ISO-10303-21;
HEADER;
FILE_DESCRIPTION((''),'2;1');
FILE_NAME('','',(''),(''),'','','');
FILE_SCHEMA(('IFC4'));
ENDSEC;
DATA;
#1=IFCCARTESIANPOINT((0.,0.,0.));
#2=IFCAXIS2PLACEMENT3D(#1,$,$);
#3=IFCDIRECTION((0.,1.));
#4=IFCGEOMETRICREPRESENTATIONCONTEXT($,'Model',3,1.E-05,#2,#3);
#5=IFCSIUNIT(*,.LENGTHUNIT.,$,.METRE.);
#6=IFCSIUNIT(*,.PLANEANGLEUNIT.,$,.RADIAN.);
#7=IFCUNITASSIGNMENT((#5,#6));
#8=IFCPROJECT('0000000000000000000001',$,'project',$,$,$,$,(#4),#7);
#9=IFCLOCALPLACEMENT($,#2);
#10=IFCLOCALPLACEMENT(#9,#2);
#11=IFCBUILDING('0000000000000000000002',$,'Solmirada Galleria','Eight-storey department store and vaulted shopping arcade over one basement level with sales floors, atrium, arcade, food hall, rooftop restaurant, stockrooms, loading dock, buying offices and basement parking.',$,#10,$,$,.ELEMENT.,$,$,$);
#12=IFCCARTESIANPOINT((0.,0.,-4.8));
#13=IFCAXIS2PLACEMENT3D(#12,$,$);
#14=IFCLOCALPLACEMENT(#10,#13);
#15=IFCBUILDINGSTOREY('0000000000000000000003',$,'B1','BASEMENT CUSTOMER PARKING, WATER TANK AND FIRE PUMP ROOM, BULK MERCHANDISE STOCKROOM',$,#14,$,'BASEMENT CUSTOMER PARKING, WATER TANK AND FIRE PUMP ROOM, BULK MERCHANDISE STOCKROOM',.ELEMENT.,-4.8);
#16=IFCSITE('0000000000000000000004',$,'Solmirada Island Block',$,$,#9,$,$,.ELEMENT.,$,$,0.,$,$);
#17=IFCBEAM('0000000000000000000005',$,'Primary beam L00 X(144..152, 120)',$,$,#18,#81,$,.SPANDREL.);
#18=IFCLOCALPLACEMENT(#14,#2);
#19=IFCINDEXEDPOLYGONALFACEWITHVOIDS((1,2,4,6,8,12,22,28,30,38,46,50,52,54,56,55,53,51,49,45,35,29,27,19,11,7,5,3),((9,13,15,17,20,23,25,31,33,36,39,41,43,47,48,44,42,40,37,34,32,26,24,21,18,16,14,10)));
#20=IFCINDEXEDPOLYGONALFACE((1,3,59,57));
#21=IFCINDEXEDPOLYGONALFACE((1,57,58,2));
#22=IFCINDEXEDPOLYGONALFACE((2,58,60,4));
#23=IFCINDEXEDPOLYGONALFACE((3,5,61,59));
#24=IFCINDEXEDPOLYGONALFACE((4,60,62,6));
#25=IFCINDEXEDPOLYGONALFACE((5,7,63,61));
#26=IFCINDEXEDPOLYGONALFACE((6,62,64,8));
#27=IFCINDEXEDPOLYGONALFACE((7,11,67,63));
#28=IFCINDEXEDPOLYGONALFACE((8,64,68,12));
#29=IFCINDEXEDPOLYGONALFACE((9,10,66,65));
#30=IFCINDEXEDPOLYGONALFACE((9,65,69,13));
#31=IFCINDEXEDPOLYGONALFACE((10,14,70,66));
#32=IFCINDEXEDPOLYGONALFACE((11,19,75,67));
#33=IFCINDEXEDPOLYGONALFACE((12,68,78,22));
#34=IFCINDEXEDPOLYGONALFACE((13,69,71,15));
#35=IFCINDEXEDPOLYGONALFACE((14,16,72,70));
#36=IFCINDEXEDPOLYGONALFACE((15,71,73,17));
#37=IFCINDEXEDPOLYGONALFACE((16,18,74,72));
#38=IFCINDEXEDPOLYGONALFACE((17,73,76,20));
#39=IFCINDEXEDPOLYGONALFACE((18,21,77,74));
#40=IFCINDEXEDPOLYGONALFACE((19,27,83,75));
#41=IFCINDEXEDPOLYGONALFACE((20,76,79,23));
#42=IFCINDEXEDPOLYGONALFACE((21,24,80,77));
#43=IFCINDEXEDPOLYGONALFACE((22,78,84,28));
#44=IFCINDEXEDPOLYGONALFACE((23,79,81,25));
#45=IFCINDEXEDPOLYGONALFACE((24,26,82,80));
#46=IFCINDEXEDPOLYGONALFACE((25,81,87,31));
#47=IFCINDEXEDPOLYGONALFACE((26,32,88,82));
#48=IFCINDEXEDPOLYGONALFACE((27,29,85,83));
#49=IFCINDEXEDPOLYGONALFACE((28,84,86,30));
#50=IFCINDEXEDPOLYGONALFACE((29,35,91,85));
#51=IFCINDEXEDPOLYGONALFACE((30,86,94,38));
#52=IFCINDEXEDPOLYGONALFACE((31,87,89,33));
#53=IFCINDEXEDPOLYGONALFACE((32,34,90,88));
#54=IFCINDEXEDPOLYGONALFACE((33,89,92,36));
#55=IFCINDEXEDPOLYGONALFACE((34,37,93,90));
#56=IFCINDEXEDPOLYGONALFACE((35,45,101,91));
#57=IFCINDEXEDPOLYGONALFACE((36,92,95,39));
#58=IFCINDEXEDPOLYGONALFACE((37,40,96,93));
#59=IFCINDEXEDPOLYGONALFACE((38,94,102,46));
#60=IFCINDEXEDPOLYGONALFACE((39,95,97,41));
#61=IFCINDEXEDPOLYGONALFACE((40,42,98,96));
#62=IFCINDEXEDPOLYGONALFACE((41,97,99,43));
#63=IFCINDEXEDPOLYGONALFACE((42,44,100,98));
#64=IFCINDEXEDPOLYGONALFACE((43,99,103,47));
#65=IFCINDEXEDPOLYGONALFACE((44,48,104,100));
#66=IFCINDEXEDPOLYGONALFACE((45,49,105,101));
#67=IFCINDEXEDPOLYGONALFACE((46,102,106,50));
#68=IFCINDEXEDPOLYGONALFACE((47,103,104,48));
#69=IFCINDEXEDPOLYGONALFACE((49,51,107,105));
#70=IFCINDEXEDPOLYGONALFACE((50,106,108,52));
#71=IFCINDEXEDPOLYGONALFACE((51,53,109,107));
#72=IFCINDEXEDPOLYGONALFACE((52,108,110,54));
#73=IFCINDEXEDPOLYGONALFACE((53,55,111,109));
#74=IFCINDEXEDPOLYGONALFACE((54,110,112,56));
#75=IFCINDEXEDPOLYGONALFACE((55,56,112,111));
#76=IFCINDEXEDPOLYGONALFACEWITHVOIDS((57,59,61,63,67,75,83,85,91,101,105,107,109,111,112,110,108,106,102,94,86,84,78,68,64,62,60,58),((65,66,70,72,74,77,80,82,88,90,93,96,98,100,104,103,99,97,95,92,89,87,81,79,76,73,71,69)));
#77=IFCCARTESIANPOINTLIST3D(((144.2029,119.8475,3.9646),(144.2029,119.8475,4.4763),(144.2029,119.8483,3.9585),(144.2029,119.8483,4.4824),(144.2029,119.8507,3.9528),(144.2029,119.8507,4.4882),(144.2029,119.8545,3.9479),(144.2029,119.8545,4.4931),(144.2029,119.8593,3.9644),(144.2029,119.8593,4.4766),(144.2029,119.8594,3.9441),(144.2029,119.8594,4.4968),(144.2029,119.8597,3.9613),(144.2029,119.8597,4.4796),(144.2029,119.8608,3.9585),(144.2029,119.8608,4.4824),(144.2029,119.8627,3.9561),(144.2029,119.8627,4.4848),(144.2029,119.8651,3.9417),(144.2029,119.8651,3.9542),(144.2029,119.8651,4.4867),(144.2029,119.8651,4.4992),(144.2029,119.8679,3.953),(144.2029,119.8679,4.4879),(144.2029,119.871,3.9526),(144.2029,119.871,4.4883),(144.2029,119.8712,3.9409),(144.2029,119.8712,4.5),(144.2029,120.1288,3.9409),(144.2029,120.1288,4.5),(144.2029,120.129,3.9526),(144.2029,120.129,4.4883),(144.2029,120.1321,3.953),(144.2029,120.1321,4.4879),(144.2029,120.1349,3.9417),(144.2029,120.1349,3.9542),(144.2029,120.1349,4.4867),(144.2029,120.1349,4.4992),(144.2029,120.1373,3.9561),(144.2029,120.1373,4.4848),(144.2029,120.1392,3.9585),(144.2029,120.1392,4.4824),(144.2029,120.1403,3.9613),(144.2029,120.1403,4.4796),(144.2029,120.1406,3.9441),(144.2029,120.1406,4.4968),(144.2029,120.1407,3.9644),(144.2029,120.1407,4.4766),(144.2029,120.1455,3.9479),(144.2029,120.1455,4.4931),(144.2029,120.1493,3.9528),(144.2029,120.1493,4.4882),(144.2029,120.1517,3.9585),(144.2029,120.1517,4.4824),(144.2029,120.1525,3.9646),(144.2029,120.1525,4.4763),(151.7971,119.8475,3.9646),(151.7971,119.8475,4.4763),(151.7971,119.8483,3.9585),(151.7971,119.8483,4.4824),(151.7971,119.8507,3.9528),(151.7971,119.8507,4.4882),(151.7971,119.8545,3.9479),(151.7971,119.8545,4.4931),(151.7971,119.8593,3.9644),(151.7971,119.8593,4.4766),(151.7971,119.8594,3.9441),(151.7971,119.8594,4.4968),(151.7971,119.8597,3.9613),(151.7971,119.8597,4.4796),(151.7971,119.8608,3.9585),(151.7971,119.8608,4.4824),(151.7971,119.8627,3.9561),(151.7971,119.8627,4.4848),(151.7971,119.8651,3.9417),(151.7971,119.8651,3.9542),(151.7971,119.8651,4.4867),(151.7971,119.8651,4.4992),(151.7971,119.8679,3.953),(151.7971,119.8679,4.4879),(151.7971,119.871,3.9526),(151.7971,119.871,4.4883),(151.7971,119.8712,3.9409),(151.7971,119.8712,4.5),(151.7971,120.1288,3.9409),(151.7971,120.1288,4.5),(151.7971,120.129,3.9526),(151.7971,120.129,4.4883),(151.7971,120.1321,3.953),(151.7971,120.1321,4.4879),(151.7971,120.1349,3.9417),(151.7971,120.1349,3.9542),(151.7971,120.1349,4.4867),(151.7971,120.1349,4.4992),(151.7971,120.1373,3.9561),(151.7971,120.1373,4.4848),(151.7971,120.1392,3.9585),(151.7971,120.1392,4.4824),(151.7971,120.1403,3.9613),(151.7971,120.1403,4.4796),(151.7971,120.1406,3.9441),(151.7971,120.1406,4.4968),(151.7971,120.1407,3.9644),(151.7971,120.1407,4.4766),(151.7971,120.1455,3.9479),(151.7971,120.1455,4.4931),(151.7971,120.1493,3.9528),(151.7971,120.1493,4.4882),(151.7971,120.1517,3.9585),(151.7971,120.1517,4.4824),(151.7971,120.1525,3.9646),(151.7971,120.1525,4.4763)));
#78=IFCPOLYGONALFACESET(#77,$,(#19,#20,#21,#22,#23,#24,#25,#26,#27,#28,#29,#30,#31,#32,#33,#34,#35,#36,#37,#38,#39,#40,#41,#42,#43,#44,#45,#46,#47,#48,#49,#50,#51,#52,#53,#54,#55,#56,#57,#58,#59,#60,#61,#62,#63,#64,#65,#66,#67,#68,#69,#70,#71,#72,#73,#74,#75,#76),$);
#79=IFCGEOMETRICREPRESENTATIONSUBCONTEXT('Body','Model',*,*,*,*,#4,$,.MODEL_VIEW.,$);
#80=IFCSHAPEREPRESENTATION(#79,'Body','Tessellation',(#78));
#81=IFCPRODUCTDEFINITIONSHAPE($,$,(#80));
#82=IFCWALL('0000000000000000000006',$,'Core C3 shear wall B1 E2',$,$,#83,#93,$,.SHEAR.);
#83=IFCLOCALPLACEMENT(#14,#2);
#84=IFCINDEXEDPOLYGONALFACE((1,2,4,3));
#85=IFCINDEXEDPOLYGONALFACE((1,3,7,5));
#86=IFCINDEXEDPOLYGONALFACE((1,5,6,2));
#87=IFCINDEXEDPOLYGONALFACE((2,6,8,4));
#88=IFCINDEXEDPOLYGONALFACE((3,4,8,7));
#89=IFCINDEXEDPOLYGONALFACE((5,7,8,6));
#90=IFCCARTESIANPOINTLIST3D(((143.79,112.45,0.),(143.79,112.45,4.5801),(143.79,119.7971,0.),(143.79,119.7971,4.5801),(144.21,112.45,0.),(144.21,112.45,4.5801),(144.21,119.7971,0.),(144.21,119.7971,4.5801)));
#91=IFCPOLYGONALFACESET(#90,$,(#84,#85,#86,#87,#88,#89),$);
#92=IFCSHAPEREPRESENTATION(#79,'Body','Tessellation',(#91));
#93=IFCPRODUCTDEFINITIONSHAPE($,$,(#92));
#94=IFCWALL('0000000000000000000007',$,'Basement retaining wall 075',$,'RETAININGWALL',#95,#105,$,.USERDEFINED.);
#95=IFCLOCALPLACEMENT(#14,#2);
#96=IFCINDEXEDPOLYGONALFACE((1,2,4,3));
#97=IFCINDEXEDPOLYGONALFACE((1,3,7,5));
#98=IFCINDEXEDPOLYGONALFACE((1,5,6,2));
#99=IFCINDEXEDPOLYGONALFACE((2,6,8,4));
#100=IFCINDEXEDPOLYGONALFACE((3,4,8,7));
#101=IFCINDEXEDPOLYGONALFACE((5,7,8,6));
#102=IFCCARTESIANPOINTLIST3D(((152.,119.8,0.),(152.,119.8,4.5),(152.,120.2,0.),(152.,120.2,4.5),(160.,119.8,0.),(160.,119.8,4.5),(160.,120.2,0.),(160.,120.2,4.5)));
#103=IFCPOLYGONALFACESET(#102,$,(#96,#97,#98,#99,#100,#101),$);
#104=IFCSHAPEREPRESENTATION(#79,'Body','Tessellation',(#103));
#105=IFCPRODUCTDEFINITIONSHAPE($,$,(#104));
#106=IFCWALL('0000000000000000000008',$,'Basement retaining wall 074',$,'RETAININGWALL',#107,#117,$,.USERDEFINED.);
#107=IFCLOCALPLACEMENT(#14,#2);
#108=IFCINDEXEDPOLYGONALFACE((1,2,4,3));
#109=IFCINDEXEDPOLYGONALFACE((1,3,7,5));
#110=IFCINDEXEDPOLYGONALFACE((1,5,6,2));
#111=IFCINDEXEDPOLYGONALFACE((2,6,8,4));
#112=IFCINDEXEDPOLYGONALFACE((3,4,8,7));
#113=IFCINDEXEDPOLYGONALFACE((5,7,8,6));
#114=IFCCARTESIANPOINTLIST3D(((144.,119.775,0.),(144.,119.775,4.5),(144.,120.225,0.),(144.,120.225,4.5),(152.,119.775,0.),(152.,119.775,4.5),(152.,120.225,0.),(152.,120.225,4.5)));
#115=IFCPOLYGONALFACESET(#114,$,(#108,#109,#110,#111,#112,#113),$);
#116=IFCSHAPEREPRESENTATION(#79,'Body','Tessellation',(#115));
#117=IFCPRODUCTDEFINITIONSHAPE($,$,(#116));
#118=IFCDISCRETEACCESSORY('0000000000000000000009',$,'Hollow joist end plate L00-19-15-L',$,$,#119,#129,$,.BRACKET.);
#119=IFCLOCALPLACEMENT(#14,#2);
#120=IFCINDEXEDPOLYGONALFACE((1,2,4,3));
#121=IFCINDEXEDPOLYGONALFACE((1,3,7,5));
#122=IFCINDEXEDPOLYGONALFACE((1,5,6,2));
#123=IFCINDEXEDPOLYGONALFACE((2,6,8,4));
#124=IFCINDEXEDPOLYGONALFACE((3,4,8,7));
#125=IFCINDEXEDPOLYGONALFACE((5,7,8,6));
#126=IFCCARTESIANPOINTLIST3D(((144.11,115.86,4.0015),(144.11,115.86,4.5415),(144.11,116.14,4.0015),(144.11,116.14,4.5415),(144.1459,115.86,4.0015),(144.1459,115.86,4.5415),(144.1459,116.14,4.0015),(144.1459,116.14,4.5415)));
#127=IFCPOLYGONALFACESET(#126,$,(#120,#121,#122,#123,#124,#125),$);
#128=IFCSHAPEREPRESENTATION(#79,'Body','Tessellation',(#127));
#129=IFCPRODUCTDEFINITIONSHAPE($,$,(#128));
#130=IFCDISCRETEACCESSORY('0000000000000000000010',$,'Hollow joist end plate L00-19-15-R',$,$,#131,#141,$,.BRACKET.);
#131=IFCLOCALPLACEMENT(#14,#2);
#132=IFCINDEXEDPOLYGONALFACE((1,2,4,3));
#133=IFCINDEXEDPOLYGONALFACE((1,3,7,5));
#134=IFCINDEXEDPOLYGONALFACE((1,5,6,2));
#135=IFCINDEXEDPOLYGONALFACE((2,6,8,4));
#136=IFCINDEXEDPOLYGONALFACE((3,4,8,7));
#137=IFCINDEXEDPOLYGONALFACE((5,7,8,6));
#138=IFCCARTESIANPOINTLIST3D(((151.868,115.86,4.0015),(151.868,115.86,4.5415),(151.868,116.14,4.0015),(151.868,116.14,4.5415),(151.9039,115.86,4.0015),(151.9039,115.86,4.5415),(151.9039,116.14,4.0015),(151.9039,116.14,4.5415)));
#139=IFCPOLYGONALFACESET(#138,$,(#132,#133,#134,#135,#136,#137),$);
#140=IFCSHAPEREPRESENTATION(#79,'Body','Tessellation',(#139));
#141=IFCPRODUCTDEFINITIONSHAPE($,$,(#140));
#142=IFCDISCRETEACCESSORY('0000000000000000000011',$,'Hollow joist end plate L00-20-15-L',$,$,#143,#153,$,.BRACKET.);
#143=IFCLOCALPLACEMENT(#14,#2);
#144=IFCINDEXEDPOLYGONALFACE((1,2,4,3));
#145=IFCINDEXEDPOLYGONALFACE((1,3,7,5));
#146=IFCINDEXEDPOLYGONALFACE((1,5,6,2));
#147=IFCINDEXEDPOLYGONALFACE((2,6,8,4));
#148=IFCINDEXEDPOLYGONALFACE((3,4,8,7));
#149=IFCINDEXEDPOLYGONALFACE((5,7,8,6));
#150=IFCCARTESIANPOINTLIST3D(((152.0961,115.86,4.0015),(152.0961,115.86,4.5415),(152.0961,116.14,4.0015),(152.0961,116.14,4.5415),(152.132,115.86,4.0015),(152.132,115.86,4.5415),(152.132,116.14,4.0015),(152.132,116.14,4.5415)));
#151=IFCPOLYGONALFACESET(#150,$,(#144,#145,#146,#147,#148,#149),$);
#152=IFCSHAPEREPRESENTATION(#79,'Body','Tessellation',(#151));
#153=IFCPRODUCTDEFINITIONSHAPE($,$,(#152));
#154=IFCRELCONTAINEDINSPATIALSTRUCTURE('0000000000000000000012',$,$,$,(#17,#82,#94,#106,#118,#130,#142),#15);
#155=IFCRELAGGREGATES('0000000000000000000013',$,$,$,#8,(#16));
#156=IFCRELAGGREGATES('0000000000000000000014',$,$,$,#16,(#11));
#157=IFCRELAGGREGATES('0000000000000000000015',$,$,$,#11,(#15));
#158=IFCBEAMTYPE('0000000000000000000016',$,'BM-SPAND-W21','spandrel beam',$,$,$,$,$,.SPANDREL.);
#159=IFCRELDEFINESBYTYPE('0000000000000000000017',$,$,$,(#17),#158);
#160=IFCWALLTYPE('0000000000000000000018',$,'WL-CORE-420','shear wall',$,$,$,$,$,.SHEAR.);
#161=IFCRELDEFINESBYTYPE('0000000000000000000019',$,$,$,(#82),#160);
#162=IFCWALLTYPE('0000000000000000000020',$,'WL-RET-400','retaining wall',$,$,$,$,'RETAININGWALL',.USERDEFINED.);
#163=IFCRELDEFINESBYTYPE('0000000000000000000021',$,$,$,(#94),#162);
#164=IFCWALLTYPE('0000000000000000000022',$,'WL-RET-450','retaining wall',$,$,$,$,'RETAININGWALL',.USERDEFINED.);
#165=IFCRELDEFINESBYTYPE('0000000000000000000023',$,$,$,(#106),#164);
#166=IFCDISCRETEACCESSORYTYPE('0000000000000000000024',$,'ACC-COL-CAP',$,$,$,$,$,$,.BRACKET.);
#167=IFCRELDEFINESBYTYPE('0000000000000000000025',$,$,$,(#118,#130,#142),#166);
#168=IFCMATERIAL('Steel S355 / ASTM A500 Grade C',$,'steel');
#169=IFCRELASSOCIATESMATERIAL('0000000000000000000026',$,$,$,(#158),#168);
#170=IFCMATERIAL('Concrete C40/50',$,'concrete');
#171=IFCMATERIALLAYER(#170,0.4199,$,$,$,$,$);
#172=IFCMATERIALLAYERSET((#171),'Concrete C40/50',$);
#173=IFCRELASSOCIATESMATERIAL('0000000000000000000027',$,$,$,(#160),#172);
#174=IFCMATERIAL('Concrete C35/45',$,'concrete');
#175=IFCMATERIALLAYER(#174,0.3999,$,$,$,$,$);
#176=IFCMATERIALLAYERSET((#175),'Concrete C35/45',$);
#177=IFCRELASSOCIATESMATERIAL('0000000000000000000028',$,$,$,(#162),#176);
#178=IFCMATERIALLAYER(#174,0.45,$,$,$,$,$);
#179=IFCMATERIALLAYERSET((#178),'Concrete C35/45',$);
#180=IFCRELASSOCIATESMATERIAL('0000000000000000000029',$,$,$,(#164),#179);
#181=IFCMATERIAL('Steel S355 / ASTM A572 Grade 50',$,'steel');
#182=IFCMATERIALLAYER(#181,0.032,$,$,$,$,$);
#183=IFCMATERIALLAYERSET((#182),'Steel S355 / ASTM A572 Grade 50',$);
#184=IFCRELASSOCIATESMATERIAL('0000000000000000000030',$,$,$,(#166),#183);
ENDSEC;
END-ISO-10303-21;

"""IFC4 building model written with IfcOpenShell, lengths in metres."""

from ifc_helpers import new_model, si_unit, direction, frame, frame_2d, origin, origin_2d, place, context, subcontext, project, spatial, rectangle, hollow_rectangle, extrude, material, layer, layer_set, material_profile, profile_set, type_object, element, save


model = new_model("IFC4")

# Units and contexts
model_context = context("Model", 3, precision=1e-05, world=origin(), true_north=direction((0.0, 1.0)))
body_context = subcontext(model_context, "Body", "Model", "MODEL_VIEW")
ifc_project = project(units=[si_unit("LENGTHUNIT", "METRE"), si_unit("PLANEANGLEUNIT", "RADIAN")], contexts=[model_context])

# Site, building, storey
site_placement = place(None, origin())
site = spatial("IfcSite", under=ifc_project, at=site_placement, Name="Solmirada Island Block", CompositionType="ELEMENT", RefElevation=0.0)
building_placement = place(site_placement, origin())
building = spatial("IfcBuilding", under=site, at=building_placement, Name="Solmirada Galleria", Description="Eight-storey department store and vaulted shopping arcade over one basement level with sales floors, atrium, arcade, food hall, rooftop restaurant, stockrooms, loading dock, buying offices and basement parking.", CompositionType="ELEMENT")
storey_placement = place(building_placement, frame((0.0, 0.0, -4.8)))
storey = spatial("IfcBuildingStorey", under=building, at=storey_placement, Name="B1", Description="BASEMENT CUSTOMER PARKING, WATER TANK AND FIRE PUMP ROOM, BULK MERCHANDISE STOCKROOM", LongName="BASEMENT CUSTOMER PARKING, WATER TANK AND FIRE PUMP ROOM, BULK MERCHANDISE STOCKROOM", CompositionType="ELEMENT", Elevation=-4.8)

# Shared definitions
ifc_material_1 = material(Name="Concrete C35/45", Category="concrete")

# Shared definitions
ifc_material_2 = material(Name="Concrete C40/50", Category="concrete")

# Shared definitions
ifc_material_3 = material(Name="Steel S355 / ASTM A500 Grade C", Category="steel")

# Beam
ifc_material_profile_1 = material_profile(ifc_material_3, hollow_rectangle(XDim=0.3049, YDim=0.5591, WallThickness=0.0117, InnerFilletRadius=0.0117, OuterFilletRadius=0.0237, at=origin_2d()), Name="HSS22X12X1/2")
ifc_profile_set_1 = profile_set([ifc_material_profile_1], Name="Steel S355 / ASTM A500 Grade C")
beam_type_1 = type_object("IfcBeamType", Name="BM-SPAND-W21", Description="spandrel beam", PredefinedType="SPANDREL", material=ifc_profile_set_1)
beam_1_placement = place(storey_placement, frame((144.2029, 120.0, 4.2205), z_axis=(1.0, 0.0, 0.0), x_axis=(0.0, 1.0, 0.0)))
element("IfcBeam", 1, at=beam_1_placement, inside=storey, type_object=beam_type_1, Name="Primary beam L00 X(144..152, 120)", PredefinedType="SPANDREL", context=body_context, shape_type="SweptSolid", body=[
    extrude(hollow_rectangle(XDim=0.3049, YDim=0.5591, WallThickness=0.0117, InnerFilletRadius=0.0117, OuterFilletRadius=0.0237, at=origin_2d()), origin(), (0.0, 0.0, 1.0), 7.5942),
])

# Walls
ifc_layer_1 = layer(ifc_material_2, 0.4199)
ifc_layer_set_1 = layer_set([ifc_layer_1], Name="Concrete C40/50")
wall_type_1 = type_object("IfcWallType", Name="WL-CORE-420", Description="shear wall", PredefinedType="SHEAR", material=ifc_layer_set_1)
wall_1_placement = place(storey_placement, frame((144.0, 112.45, 0.0), z_axis=(0.0, 0.0, 1.0), x_axis=(0.0, 1.0, 0.0)))
element("IfcWall", 2, at=wall_1_placement, inside=storey, type_object=wall_type_1, Name="Core C3 shear wall B1 E2", PredefinedType="SHEAR", context=body_context, shape_type="SweptSolid", body=[
    extrude(rectangle(XDim=7.3472, YDim=0.4199, at=frame_2d((3.6736, 0.0))), origin(), (0.0, 0.0, 1.0), 4.5801),
])
ifc_layer_2 = layer(ifc_material_1, 0.3999)
ifc_layer_set_2 = layer_set([ifc_layer_2], Name="Concrete C35/45")
wall_type_2 = type_object("IfcWallType", Name="WL-RET-400", Description="retaining wall", ElementType="RETAININGWALL", PredefinedType="USERDEFINED", material=ifc_layer_set_2)
wall_2_placement = place(storey_placement, frame((152.0, 120.0, 0.0), z_axis=(0.0, 0.0, 1.0), x_axis=(1.0, 0.0, 0.0)))
element("IfcWall", 3, at=wall_2_placement, inside=storey, type_object=wall_type_2, Name="Basement retaining wall 075", ObjectType="RETAININGWALL", PredefinedType="USERDEFINED", context=body_context, shape_type="SweptSolid", body=[
    extrude(rectangle(XDim=8.0, YDim=0.3999, at=frame_2d((4.0, 0.0))), origin(), (0.0, 0.0, 1.0), 4.5),
])
ifc_layer_3 = layer(ifc_material_1, 0.45)
ifc_layer_set_3 = layer_set([ifc_layer_3], Name="Concrete C35/45")
wall_type_3 = type_object("IfcWallType", Name="WL-RET-450", Description="retaining wall", ElementType="RETAININGWALL", PredefinedType="USERDEFINED", material=ifc_layer_set_3)
wall_3_placement = place(storey_placement, frame((144.0, 120.0, 0.0), z_axis=(0.0, 0.0, 1.0), x_axis=(1.0, 0.0, 0.0)))
element("IfcWall", 4, at=wall_3_placement, inside=storey, type_object=wall_type_3, Name="Basement retaining wall 074", ObjectType="RETAININGWALL", PredefinedType="USERDEFINED", context=body_context, shape_type="SweptSolid", body=[
    extrude(rectangle(XDim=8.0, YDim=0.45, at=frame_2d((4.0, 0.0))), origin(), (0.0, 0.0, 1.0), 4.5),
])

# Discrete accessories
ifc_material_4 = material(Name="Steel S355 / ASTM A572 Grade 50", Category="steel")
ifc_layer_4 = layer(ifc_material_4, 0.032)
ifc_layer_set_4 = layer_set([ifc_layer_4], Name="Steel S355 / ASTM A572 Grade 50")
discrete_accessory_type = type_object("IfcDiscreteAccessoryType", Name="ACC-COL-CAP", PredefinedType="BRACKET", material=ifc_layer_set_4)
for number, where, z_axis, x_axis, name in (
    (5, (144.1279, 116.0, 4.0015), (0.0, 0.0, 1.0), (1.0, 0.0, 0.0), "Hollow joist end plate L00-19-15-L"),
    (6, (151.886, 116.0, 4.0015), (0.0, 0.0, 1.0), (1.0, 0.0, 0.0), "Hollow joist end plate L00-19-15-R"),
    (7, (152.114, 116.0, 4.0015), (0.0, 0.0, 1.0), (1.0, 0.0, 0.0), "Hollow joist end plate L00-20-15-L"),
):
    element("IfcDiscreteAccessory", number, at=place(storey_placement, frame(where, z_axis=z_axis, x_axis=x_axis)), inside=storey, type_object=discrete_accessory_type, Name=name, PredefinedType="BRACKET", context=body_context, shape_type="SweptSolid", body=[
        extrude(rectangle(XDim=0.0359, YDim=0.28, at=origin_2d()), origin(), (0.0, 0.0, 1.0), 0.54),
    ])

save(model, "model.ifc")
